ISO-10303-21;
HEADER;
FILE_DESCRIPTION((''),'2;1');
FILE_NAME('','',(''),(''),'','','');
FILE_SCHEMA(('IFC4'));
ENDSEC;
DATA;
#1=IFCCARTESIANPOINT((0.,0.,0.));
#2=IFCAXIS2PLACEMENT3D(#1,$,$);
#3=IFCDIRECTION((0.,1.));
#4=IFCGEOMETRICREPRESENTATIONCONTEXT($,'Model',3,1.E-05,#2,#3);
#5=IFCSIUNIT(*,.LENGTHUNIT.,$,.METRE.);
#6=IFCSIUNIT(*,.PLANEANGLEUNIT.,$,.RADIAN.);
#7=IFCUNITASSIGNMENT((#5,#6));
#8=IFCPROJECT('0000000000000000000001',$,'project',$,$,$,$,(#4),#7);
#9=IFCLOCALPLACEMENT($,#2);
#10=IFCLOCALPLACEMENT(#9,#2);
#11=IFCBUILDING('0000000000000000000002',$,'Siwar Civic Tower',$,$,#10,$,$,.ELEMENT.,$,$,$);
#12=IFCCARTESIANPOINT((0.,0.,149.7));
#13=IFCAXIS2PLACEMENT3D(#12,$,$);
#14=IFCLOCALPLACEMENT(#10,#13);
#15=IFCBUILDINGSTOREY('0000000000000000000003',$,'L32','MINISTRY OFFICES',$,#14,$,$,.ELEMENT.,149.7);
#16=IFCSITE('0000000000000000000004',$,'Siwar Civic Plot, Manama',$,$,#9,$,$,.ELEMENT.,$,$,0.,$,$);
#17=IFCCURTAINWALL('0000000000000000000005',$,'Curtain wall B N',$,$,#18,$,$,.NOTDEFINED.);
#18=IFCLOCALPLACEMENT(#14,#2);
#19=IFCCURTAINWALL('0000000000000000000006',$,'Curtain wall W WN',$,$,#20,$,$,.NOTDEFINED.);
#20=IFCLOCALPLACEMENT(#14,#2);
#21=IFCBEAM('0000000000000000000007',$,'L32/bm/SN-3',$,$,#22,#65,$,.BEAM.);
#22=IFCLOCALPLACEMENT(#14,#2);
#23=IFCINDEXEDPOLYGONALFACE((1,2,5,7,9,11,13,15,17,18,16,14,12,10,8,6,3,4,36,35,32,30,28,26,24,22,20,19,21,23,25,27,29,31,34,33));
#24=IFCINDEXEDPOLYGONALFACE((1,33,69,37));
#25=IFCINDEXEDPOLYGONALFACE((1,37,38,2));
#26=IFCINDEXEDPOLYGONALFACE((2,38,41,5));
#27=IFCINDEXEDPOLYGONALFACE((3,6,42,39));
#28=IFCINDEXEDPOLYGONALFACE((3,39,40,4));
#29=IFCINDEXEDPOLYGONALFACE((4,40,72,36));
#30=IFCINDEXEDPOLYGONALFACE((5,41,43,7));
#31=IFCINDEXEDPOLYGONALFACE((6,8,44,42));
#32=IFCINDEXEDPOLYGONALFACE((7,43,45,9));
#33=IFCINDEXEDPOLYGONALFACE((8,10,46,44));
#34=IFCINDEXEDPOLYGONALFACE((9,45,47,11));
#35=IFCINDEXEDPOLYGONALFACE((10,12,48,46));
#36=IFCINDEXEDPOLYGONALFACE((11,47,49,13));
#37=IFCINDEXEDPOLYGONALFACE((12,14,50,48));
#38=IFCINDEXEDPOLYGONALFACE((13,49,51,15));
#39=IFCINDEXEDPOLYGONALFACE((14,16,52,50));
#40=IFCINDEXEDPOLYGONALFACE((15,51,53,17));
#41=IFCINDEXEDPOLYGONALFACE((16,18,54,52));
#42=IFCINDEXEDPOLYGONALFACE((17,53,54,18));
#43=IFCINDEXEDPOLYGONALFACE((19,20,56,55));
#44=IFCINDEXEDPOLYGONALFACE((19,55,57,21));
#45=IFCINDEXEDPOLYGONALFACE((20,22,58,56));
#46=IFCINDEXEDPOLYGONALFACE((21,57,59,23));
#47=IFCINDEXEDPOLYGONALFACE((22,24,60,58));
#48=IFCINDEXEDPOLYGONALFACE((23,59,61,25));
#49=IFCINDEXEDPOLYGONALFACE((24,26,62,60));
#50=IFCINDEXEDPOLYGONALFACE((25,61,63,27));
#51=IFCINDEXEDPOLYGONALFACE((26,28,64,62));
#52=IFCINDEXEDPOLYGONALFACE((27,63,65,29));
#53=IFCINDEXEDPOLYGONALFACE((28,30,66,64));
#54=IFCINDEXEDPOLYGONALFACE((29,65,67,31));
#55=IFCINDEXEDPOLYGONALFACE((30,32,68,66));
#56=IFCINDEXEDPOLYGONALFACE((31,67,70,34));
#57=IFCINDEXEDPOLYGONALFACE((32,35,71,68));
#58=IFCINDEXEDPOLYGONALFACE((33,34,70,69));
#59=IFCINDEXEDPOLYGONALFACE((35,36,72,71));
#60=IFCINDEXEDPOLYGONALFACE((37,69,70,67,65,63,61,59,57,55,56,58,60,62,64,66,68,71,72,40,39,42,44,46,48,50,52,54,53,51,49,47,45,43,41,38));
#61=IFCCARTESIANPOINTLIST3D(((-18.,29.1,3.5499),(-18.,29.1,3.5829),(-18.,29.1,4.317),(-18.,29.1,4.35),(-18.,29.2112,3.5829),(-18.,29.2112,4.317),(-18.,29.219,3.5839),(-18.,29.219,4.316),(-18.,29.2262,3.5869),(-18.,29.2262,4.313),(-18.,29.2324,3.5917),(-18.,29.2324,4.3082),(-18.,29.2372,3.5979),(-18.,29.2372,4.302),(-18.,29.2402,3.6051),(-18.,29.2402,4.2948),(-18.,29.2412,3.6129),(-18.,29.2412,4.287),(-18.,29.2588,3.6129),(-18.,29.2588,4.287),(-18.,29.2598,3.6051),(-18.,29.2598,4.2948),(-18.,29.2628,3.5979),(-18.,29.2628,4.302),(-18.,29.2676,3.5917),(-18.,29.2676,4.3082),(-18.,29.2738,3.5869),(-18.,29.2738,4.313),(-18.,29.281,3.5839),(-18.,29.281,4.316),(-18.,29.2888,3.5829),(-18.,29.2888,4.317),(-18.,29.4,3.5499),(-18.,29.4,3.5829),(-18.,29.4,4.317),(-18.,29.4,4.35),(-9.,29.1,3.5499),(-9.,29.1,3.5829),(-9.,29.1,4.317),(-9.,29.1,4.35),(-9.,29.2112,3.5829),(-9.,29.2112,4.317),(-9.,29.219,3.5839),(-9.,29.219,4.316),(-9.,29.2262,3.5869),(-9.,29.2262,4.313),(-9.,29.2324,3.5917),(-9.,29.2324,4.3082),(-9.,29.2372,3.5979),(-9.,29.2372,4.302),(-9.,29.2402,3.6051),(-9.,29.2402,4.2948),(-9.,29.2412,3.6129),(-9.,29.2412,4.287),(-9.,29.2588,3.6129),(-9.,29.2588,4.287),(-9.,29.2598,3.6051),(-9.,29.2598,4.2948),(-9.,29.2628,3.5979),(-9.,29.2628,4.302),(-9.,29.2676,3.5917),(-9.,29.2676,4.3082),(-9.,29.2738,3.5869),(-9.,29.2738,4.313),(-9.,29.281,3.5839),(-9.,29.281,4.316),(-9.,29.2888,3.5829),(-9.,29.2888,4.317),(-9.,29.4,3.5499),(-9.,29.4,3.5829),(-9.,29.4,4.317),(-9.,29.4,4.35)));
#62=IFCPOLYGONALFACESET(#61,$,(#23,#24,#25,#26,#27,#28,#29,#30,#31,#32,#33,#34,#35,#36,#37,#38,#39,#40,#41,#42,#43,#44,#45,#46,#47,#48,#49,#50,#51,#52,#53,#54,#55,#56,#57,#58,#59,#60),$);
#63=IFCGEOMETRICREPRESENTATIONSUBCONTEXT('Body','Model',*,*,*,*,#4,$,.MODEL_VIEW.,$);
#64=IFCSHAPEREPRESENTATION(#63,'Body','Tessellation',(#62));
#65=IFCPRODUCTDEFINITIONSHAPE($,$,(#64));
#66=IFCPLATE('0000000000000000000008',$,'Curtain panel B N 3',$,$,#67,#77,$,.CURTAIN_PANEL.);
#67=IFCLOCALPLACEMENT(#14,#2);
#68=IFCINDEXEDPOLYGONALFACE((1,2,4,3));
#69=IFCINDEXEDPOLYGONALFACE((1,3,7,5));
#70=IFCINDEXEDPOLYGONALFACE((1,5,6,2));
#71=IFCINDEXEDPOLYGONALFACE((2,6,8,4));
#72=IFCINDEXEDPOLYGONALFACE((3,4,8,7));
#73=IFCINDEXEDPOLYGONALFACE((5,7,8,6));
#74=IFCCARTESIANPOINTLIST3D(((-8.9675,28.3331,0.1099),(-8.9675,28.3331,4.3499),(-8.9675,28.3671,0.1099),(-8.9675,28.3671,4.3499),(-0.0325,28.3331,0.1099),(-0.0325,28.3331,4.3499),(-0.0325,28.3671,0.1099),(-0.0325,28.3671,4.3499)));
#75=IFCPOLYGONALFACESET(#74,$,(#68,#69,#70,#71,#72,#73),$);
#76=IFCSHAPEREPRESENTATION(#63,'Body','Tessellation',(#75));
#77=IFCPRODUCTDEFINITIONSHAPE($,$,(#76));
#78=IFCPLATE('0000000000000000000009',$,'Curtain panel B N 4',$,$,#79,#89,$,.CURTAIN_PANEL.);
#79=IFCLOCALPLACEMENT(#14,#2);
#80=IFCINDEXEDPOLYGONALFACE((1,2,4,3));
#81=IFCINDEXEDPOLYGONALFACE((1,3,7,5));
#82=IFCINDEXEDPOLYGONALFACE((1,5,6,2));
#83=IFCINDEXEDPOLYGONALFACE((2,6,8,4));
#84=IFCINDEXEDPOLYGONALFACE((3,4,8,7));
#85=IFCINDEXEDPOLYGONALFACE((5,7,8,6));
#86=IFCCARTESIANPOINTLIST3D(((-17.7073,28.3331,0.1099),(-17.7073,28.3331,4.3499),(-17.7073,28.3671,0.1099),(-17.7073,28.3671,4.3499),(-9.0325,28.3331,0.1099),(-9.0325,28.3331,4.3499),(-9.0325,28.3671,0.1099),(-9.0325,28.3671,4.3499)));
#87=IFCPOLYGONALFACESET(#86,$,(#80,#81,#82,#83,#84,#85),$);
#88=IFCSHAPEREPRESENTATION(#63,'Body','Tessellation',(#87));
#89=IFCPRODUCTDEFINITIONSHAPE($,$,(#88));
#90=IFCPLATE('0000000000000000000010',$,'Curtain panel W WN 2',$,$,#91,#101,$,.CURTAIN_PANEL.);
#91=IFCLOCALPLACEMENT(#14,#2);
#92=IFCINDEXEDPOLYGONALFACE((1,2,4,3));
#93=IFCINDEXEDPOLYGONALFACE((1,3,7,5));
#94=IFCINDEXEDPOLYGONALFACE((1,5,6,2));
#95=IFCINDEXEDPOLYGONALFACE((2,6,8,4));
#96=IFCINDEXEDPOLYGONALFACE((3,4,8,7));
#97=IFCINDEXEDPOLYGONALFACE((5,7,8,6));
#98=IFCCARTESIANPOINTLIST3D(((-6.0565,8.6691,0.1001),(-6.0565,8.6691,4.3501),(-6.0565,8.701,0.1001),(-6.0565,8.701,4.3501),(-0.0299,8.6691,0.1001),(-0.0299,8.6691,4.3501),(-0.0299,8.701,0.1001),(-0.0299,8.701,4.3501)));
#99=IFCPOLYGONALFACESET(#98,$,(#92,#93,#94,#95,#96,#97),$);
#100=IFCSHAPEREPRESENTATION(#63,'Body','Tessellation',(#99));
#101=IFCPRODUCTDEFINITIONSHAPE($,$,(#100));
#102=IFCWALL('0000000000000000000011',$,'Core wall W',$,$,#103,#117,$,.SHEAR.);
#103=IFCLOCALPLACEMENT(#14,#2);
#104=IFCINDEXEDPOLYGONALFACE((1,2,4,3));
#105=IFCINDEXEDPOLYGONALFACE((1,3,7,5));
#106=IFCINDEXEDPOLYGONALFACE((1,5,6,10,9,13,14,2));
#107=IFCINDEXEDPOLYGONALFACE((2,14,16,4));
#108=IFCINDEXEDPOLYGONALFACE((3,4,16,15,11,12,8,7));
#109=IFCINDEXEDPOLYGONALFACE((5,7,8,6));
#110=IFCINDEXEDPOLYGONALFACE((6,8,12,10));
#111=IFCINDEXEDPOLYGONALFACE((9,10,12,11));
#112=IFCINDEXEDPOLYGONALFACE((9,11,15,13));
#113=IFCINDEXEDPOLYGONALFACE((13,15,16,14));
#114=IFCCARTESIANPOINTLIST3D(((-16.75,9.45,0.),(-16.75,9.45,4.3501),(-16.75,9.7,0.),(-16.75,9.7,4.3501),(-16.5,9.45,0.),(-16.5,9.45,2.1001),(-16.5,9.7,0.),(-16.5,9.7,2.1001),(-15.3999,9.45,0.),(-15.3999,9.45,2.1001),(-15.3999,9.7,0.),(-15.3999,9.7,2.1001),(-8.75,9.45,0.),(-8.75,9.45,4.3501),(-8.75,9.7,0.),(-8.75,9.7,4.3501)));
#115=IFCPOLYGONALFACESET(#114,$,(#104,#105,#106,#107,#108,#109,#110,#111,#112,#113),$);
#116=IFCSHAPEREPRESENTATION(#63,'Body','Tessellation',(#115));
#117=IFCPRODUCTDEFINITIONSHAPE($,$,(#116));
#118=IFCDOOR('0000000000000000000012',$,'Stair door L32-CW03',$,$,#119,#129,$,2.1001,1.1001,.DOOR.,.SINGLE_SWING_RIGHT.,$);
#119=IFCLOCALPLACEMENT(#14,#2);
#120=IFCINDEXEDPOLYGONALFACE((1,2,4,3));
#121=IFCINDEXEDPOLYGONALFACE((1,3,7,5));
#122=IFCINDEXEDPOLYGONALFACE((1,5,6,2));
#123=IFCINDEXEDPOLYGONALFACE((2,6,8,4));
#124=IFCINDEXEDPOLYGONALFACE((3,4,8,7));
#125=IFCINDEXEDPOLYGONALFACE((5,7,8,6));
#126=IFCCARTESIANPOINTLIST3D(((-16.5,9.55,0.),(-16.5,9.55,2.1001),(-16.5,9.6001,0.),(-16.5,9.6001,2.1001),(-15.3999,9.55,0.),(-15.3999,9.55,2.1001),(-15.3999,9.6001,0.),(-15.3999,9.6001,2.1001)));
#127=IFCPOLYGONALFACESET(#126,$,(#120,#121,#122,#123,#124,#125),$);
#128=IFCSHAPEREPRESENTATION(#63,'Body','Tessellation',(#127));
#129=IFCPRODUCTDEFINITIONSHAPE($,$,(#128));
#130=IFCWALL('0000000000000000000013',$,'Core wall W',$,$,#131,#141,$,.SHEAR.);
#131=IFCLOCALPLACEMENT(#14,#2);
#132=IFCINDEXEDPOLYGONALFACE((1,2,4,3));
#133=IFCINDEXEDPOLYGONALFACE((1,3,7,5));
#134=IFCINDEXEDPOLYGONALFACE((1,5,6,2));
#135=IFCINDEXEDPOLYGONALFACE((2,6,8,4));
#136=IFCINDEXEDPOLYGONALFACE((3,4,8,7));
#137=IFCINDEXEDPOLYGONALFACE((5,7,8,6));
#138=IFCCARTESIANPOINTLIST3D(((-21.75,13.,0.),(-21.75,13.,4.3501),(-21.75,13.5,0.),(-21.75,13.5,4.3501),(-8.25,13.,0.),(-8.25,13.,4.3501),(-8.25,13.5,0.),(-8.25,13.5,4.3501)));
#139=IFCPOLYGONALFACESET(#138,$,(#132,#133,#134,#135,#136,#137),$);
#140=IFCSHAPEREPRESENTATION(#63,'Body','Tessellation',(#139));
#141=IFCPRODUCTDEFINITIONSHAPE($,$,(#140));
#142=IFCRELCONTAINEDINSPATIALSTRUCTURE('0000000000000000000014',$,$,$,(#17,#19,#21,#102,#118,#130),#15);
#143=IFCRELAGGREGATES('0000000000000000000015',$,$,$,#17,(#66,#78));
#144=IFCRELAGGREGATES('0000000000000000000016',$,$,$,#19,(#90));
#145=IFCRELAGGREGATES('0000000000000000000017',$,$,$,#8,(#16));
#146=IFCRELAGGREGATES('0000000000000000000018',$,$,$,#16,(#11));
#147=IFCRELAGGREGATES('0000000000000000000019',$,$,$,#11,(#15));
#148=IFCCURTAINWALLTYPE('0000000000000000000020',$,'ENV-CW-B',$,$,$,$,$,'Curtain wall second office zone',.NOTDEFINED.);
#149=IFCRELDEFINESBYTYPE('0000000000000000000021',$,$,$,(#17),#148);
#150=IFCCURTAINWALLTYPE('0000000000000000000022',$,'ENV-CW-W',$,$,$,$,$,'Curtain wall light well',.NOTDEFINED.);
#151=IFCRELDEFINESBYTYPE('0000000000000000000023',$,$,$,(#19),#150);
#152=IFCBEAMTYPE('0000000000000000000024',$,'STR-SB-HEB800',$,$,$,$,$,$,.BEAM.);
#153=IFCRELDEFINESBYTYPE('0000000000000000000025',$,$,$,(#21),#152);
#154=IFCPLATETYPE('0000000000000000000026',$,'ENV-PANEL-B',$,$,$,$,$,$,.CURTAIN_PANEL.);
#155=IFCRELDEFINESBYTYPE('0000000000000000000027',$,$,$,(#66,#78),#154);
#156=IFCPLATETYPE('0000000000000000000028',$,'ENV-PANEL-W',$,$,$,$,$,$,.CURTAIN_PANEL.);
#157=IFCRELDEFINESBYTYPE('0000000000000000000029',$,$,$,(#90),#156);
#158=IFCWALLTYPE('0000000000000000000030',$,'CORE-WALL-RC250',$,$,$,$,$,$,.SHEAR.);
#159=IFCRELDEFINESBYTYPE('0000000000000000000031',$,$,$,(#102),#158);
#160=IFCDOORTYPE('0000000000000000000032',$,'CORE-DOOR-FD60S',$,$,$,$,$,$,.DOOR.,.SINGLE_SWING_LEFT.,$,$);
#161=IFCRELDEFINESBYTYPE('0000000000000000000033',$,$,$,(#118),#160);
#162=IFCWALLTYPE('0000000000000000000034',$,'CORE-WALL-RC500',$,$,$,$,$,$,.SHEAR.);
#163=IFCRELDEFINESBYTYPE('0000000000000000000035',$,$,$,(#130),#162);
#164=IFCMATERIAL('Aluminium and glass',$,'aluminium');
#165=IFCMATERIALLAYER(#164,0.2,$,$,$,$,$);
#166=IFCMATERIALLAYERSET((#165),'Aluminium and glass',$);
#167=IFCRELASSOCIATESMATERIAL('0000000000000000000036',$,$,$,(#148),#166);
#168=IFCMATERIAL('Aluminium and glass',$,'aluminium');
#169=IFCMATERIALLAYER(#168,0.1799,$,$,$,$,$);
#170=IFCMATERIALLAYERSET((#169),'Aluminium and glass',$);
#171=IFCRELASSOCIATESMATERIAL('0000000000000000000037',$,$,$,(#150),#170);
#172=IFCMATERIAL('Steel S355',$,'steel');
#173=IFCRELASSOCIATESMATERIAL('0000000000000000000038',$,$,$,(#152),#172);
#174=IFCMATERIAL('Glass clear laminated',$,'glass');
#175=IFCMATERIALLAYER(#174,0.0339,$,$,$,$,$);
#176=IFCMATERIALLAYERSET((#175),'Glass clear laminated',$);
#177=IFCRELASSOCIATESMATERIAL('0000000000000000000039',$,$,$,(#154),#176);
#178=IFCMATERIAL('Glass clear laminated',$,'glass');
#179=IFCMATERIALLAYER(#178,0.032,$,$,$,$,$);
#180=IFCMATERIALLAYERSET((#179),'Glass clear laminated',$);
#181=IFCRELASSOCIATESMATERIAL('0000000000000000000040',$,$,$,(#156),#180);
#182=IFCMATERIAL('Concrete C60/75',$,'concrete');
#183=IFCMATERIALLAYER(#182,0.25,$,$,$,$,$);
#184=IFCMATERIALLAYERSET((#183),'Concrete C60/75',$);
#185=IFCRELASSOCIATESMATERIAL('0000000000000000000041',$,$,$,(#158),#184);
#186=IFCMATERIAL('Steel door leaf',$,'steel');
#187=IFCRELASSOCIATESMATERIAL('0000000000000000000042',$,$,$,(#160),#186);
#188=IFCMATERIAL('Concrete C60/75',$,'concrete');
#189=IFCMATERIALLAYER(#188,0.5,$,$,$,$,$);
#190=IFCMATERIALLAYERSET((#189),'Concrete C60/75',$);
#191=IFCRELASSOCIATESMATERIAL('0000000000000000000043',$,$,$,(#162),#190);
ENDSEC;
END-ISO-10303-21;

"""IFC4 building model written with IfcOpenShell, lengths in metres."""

from ifc_helpers import new_model, si_unit, direction, frame, frame_2d, origin, origin_2d, place, context, subcontext, project, spatial, rectangle, i_section, extrude, material, layer, layer_set, material_profile, profile_set, type_object, element, fill, aggregate, save


model = new_model("IFC4")

# Units and contexts
model_context = context("Model", 3, precision=1e-05, world=origin(), true_north=direction((0.0, 1.0)))
body_context = subcontext(model_context, "Body", "Model", "MODEL_VIEW")
ifc_project = project(units=[si_unit("LENGTHUNIT", "METRE"), si_unit("PLANEANGLEUNIT", "RADIAN")], contexts=[model_context])

# Site, building, storey
site_placement = place(None, origin())
site = spatial("IfcSite", under=ifc_project, at=site_placement, Name="Siwar Civic Plot, Manama", CompositionType="ELEMENT", RefElevation=0.0)
building_placement = place(site_placement, origin())
building = spatial("IfcBuilding", under=site, at=building_placement, Name="Siwar Civic Tower", CompositionType="ELEMENT")
storey_placement = place(building_placement, frame((0.0, 0.0, 149.7)))
storey = spatial("IfcBuildingStorey", under=building, at=storey_placement, Name="L32", Description="MINISTRY OFFICES", CompositionType="ELEMENT", Elevation=149.7)

# Curtain wall
ifc_material_1 = material(Name="Aluminium and glass", Category="aluminium")
ifc_layer_1 = layer(ifc_material_1, 0.2)
ifc_layer_set_1 = layer_set([ifc_layer_1], Name="Aluminium and glass")
curtain_wall_type_1 = type_object("IfcCurtainWallType", Name="ENV-CW-B", ElementType="Curtain wall second office zone", PredefinedType="NOTDEFINED", material=ifc_layer_set_1)
curtain_wall_1_placement = place(storey_placement, origin())
curtain_wall_1 = element("IfcCurtainWall", 1, at=curtain_wall_1_placement, inside=storey, type_object=curtain_wall_type_1, Name="Curtain wall B N", PredefinedType="NOTDEFINED")

# Curtain wall
ifc_material_2 = material(Name="Aluminium and glass", Category="aluminium")
ifc_layer_2 = layer(ifc_material_2, 0.1799)
ifc_layer_set_2 = layer_set([ifc_layer_2], Name="Aluminium and glass")
curtain_wall_type_2 = type_object("IfcCurtainWallType", Name="ENV-CW-W", ElementType="Curtain wall light well", PredefinedType="NOTDEFINED", material=ifc_layer_set_2)
curtain_wall_2_placement = place(storey_placement, origin())
curtain_wall_2 = element("IfcCurtainWall", 2, at=curtain_wall_2_placement, inside=storey, type_object=curtain_wall_type_2, Name="Curtain wall W WN", PredefinedType="NOTDEFINED")

# Beam
ifc_material_3 = material(Name="Steel S355", Category="steel")
ifc_material_profile_1 = material_profile(ifc_material_3, i_section(OverallWidth=0.3, OverallDepth=0.8, WebThickness=0.0176, FlangeThickness=0.033, FilletRadius=0.03, at=origin_2d()), Name="HEB800")
ifc_profile_set_1 = profile_set([ifc_material_profile_1], Name="Steel S355")
beam_type_1 = type_object("IfcBeamType", Name="STR-SB-HEB800", PredefinedType="BEAM", material=ifc_profile_set_1)
for number, where, z_axis, x_axis, name in (
    (3, (-9.0, 29.25, 3.95), (-1.0, 0.0, 0.0), (0.0, -1.0, 0.0), "L32/bm/SN-3"),
):
    element("IfcBeam", number, at=place(storey_placement, frame(where, z_axis=z_axis, x_axis=x_axis)), inside=storey, type_object=beam_type_1, Name=name, PredefinedType="BEAM", context=body_context, shape_type="SweptSolid", body=[
        extrude(i_section(OverallWidth=0.3, OverallDepth=0.8, WebThickness=0.0176, FlangeThickness=0.033, FilletRadius=0.03, at=origin_2d()), origin(), (0.0, 0.0, 1.0), 9.0),
    ])

# Plates
ifc_material_4 = material(Name="Glass clear laminated", Category="glass")
ifc_layer_3 = layer(ifc_material_4, 0.0339)
ifc_layer_set_3 = layer_set([ifc_layer_3], Name="Glass clear laminated")
plate_type_1 = type_object("IfcPlateType", Name="ENV-PANEL-B", PredefinedType="CURTAIN_PANEL", material=ifc_layer_set_3)
plate_1_placement = place(storey_placement, frame((-4.5, 28.3501, 0.1099), z_axis=(0.0, 0.0, 1.0), x_axis=(-1.0, 0.0, 0.0)))
plate_1 = element("IfcPlate", 4, at=plate_1_placement, type_object=plate_type_1, Name="Curtain panel B N 3", PredefinedType="CURTAIN_PANEL", context=body_context, shape_type="SweptSolid", body=[
    extrude(rectangle(XDim=8.9351, YDim=0.0339, at=origin_2d()), origin(), (0.0, 0.0, 1.0), 4.24),
])
plate_2_placement = place(storey_placement, frame((-13.3699, 28.3501, 0.1099), z_axis=(0.0, 0.0, 1.0), x_axis=(-1.0, 0.0, 0.0)))
plate_2 = element("IfcPlate", 5, at=plate_2_placement, type_object=plate_type_1, Name="Curtain panel B N 4", PredefinedType="CURTAIN_PANEL", context=body_context, shape_type="SweptSolid", body=[
    extrude(rectangle(XDim=8.6748, YDim=0.0339, at=origin_2d()), origin(), (0.0, 0.0, 1.0), 4.24),
])
aggregate(curtain_wall_1, [plate_1, plate_2])
ifc_material_5 = material(Name="Glass clear laminated", Category="glass")
ifc_layer_4 = layer(ifc_material_5, 0.032)
ifc_layer_set_4 = layer_set([ifc_layer_4], Name="Glass clear laminated")
plate_type_2 = type_object("IfcPlateType", Name="ENV-PANEL-W", PredefinedType="CURTAIN_PANEL", material=ifc_layer_set_4)
plate_3_placement = place(storey_placement, frame((-3.0432, 8.6851, 0.1001), z_axis=(0.0, 0.0, 1.0), x_axis=(-1.0, 0.0, 0.0)))
plate_3 = element("IfcPlate", 6, at=plate_3_placement, type_object=plate_type_2, Name="Curtain panel W WN 2", PredefinedType="CURTAIN_PANEL", context=body_context, shape_type="SweptSolid", body=[
    extrude(rectangle(XDim=6.0266, YDim=0.032, at=origin_2d()), origin(), (0.0, 0.0, 1.0), 4.25),
])
aggregate(curtain_wall_2, [plate_3])

# Wall, opening, door
ifc_material_6 = material(Name="Concrete C60/75", Category="concrete")
ifc_layer_5 = layer(ifc_material_6, 0.25)
ifc_layer_set_5 = layer_set([ifc_layer_5], Name="Concrete C60/75")
wall_type_1 = type_object("IfcWallType", Name="CORE-WALL-RC250", PredefinedType="SHEAR", material=ifc_layer_set_5)
wall_1_placement = place(storey_placement, frame((-8.75, 9.575, 0.0), z_axis=(0.0, 0.0, 1.0), x_axis=(-1.0, 0.0, 0.0)))
wall_1 = element("IfcWall", 7, at=wall_1_placement, inside=storey, type_object=wall_type_1, Name="Core wall W", PredefinedType="SHEAR", context=body_context, shape_type="SweptSolid", body=[
    extrude(rectangle(XDim=8.0, YDim=0.25, at=frame_2d((4.0, 0.0))), origin(), (0.0, 0.0, 1.0), 4.3501),
])
opening_1_placement = place(wall_1_placement, frame((6.6499, 0.0, 0.0)))
opening_1 = element("IfcOpeningElement", 8, at=opening_1_placement, cuts=wall_1, PredefinedType="OPENING", context=body_context, shape_type="SweptSolid", body=[
    extrude(rectangle(XDim=1.1001, YDim=2.1001, at=frame_2d((0.55, 1.05))), frame((0.0, 0.135, 0.0), z_axis=(0.0, -1.0, 0.0), x_axis=(1.0, 0.0, 0.0)), (0.0, 0.0, 1.0), 0.27),
])
ifc_material_7 = material(Name="Steel door leaf", Category="steel")
door_type_1 = type_object("IfcDoorType", Name="CORE-DOOR-FD60S", OperationType="SINGLE_SWING_LEFT", PredefinedType="DOOR", material=ifc_material_7)
door_1_placement = place(opening_1_placement, origin())
door_1 = element("IfcDoor", 9, at=door_1_placement, inside=storey, type_object=door_type_1, Name="Stair door L32-CW03", OperationType="SINGLE_SWING_RIGHT", OverallHeight=2.1001, OverallWidth=1.1001, PredefinedType="DOOR", context=body_context, shape_type="SweptSolid", body=[
    extrude(rectangle(XDim=1.1001, YDim=2.1001, at=frame_2d((0.55, 1.05))), frame((0.0, 0.0249, 0.0), z_axis=(0.0, -1.0, 0.0), x_axis=(1.0, 0.0, 0.0)), (0.0, 0.0, 1.0), 0.05),
])
fill(opening_1, door_1)

# Wall
ifc_material_8 = material(Name="Concrete C60/75", Category="concrete")
ifc_layer_6 = layer(ifc_material_8, 0.5)
ifc_layer_set_6 = layer_set([ifc_layer_6], Name="Concrete C60/75")
wall_type_2 = type_object("IfcWallType", Name="CORE-WALL-RC500", PredefinedType="SHEAR", material=ifc_layer_set_6)
wall_2_placement = place(storey_placement, frame((-8.25, 13.25, 0.0), z_axis=(0.0, 0.0, 1.0), x_axis=(-1.0, 0.0, 0.0)))
element("IfcWall", 10, at=wall_2_placement, inside=storey, type_object=wall_type_2, Name="Core wall W", PredefinedType="SHEAR", context=body_context, shape_type="SweptSolid", body=[
    extrude(rectangle(XDim=13.5, YDim=0.5, at=frame_2d((6.75, 0.0))), origin(), (0.0, 0.0, 1.0), 4.3501),
])

save(model, "model.ifc")
